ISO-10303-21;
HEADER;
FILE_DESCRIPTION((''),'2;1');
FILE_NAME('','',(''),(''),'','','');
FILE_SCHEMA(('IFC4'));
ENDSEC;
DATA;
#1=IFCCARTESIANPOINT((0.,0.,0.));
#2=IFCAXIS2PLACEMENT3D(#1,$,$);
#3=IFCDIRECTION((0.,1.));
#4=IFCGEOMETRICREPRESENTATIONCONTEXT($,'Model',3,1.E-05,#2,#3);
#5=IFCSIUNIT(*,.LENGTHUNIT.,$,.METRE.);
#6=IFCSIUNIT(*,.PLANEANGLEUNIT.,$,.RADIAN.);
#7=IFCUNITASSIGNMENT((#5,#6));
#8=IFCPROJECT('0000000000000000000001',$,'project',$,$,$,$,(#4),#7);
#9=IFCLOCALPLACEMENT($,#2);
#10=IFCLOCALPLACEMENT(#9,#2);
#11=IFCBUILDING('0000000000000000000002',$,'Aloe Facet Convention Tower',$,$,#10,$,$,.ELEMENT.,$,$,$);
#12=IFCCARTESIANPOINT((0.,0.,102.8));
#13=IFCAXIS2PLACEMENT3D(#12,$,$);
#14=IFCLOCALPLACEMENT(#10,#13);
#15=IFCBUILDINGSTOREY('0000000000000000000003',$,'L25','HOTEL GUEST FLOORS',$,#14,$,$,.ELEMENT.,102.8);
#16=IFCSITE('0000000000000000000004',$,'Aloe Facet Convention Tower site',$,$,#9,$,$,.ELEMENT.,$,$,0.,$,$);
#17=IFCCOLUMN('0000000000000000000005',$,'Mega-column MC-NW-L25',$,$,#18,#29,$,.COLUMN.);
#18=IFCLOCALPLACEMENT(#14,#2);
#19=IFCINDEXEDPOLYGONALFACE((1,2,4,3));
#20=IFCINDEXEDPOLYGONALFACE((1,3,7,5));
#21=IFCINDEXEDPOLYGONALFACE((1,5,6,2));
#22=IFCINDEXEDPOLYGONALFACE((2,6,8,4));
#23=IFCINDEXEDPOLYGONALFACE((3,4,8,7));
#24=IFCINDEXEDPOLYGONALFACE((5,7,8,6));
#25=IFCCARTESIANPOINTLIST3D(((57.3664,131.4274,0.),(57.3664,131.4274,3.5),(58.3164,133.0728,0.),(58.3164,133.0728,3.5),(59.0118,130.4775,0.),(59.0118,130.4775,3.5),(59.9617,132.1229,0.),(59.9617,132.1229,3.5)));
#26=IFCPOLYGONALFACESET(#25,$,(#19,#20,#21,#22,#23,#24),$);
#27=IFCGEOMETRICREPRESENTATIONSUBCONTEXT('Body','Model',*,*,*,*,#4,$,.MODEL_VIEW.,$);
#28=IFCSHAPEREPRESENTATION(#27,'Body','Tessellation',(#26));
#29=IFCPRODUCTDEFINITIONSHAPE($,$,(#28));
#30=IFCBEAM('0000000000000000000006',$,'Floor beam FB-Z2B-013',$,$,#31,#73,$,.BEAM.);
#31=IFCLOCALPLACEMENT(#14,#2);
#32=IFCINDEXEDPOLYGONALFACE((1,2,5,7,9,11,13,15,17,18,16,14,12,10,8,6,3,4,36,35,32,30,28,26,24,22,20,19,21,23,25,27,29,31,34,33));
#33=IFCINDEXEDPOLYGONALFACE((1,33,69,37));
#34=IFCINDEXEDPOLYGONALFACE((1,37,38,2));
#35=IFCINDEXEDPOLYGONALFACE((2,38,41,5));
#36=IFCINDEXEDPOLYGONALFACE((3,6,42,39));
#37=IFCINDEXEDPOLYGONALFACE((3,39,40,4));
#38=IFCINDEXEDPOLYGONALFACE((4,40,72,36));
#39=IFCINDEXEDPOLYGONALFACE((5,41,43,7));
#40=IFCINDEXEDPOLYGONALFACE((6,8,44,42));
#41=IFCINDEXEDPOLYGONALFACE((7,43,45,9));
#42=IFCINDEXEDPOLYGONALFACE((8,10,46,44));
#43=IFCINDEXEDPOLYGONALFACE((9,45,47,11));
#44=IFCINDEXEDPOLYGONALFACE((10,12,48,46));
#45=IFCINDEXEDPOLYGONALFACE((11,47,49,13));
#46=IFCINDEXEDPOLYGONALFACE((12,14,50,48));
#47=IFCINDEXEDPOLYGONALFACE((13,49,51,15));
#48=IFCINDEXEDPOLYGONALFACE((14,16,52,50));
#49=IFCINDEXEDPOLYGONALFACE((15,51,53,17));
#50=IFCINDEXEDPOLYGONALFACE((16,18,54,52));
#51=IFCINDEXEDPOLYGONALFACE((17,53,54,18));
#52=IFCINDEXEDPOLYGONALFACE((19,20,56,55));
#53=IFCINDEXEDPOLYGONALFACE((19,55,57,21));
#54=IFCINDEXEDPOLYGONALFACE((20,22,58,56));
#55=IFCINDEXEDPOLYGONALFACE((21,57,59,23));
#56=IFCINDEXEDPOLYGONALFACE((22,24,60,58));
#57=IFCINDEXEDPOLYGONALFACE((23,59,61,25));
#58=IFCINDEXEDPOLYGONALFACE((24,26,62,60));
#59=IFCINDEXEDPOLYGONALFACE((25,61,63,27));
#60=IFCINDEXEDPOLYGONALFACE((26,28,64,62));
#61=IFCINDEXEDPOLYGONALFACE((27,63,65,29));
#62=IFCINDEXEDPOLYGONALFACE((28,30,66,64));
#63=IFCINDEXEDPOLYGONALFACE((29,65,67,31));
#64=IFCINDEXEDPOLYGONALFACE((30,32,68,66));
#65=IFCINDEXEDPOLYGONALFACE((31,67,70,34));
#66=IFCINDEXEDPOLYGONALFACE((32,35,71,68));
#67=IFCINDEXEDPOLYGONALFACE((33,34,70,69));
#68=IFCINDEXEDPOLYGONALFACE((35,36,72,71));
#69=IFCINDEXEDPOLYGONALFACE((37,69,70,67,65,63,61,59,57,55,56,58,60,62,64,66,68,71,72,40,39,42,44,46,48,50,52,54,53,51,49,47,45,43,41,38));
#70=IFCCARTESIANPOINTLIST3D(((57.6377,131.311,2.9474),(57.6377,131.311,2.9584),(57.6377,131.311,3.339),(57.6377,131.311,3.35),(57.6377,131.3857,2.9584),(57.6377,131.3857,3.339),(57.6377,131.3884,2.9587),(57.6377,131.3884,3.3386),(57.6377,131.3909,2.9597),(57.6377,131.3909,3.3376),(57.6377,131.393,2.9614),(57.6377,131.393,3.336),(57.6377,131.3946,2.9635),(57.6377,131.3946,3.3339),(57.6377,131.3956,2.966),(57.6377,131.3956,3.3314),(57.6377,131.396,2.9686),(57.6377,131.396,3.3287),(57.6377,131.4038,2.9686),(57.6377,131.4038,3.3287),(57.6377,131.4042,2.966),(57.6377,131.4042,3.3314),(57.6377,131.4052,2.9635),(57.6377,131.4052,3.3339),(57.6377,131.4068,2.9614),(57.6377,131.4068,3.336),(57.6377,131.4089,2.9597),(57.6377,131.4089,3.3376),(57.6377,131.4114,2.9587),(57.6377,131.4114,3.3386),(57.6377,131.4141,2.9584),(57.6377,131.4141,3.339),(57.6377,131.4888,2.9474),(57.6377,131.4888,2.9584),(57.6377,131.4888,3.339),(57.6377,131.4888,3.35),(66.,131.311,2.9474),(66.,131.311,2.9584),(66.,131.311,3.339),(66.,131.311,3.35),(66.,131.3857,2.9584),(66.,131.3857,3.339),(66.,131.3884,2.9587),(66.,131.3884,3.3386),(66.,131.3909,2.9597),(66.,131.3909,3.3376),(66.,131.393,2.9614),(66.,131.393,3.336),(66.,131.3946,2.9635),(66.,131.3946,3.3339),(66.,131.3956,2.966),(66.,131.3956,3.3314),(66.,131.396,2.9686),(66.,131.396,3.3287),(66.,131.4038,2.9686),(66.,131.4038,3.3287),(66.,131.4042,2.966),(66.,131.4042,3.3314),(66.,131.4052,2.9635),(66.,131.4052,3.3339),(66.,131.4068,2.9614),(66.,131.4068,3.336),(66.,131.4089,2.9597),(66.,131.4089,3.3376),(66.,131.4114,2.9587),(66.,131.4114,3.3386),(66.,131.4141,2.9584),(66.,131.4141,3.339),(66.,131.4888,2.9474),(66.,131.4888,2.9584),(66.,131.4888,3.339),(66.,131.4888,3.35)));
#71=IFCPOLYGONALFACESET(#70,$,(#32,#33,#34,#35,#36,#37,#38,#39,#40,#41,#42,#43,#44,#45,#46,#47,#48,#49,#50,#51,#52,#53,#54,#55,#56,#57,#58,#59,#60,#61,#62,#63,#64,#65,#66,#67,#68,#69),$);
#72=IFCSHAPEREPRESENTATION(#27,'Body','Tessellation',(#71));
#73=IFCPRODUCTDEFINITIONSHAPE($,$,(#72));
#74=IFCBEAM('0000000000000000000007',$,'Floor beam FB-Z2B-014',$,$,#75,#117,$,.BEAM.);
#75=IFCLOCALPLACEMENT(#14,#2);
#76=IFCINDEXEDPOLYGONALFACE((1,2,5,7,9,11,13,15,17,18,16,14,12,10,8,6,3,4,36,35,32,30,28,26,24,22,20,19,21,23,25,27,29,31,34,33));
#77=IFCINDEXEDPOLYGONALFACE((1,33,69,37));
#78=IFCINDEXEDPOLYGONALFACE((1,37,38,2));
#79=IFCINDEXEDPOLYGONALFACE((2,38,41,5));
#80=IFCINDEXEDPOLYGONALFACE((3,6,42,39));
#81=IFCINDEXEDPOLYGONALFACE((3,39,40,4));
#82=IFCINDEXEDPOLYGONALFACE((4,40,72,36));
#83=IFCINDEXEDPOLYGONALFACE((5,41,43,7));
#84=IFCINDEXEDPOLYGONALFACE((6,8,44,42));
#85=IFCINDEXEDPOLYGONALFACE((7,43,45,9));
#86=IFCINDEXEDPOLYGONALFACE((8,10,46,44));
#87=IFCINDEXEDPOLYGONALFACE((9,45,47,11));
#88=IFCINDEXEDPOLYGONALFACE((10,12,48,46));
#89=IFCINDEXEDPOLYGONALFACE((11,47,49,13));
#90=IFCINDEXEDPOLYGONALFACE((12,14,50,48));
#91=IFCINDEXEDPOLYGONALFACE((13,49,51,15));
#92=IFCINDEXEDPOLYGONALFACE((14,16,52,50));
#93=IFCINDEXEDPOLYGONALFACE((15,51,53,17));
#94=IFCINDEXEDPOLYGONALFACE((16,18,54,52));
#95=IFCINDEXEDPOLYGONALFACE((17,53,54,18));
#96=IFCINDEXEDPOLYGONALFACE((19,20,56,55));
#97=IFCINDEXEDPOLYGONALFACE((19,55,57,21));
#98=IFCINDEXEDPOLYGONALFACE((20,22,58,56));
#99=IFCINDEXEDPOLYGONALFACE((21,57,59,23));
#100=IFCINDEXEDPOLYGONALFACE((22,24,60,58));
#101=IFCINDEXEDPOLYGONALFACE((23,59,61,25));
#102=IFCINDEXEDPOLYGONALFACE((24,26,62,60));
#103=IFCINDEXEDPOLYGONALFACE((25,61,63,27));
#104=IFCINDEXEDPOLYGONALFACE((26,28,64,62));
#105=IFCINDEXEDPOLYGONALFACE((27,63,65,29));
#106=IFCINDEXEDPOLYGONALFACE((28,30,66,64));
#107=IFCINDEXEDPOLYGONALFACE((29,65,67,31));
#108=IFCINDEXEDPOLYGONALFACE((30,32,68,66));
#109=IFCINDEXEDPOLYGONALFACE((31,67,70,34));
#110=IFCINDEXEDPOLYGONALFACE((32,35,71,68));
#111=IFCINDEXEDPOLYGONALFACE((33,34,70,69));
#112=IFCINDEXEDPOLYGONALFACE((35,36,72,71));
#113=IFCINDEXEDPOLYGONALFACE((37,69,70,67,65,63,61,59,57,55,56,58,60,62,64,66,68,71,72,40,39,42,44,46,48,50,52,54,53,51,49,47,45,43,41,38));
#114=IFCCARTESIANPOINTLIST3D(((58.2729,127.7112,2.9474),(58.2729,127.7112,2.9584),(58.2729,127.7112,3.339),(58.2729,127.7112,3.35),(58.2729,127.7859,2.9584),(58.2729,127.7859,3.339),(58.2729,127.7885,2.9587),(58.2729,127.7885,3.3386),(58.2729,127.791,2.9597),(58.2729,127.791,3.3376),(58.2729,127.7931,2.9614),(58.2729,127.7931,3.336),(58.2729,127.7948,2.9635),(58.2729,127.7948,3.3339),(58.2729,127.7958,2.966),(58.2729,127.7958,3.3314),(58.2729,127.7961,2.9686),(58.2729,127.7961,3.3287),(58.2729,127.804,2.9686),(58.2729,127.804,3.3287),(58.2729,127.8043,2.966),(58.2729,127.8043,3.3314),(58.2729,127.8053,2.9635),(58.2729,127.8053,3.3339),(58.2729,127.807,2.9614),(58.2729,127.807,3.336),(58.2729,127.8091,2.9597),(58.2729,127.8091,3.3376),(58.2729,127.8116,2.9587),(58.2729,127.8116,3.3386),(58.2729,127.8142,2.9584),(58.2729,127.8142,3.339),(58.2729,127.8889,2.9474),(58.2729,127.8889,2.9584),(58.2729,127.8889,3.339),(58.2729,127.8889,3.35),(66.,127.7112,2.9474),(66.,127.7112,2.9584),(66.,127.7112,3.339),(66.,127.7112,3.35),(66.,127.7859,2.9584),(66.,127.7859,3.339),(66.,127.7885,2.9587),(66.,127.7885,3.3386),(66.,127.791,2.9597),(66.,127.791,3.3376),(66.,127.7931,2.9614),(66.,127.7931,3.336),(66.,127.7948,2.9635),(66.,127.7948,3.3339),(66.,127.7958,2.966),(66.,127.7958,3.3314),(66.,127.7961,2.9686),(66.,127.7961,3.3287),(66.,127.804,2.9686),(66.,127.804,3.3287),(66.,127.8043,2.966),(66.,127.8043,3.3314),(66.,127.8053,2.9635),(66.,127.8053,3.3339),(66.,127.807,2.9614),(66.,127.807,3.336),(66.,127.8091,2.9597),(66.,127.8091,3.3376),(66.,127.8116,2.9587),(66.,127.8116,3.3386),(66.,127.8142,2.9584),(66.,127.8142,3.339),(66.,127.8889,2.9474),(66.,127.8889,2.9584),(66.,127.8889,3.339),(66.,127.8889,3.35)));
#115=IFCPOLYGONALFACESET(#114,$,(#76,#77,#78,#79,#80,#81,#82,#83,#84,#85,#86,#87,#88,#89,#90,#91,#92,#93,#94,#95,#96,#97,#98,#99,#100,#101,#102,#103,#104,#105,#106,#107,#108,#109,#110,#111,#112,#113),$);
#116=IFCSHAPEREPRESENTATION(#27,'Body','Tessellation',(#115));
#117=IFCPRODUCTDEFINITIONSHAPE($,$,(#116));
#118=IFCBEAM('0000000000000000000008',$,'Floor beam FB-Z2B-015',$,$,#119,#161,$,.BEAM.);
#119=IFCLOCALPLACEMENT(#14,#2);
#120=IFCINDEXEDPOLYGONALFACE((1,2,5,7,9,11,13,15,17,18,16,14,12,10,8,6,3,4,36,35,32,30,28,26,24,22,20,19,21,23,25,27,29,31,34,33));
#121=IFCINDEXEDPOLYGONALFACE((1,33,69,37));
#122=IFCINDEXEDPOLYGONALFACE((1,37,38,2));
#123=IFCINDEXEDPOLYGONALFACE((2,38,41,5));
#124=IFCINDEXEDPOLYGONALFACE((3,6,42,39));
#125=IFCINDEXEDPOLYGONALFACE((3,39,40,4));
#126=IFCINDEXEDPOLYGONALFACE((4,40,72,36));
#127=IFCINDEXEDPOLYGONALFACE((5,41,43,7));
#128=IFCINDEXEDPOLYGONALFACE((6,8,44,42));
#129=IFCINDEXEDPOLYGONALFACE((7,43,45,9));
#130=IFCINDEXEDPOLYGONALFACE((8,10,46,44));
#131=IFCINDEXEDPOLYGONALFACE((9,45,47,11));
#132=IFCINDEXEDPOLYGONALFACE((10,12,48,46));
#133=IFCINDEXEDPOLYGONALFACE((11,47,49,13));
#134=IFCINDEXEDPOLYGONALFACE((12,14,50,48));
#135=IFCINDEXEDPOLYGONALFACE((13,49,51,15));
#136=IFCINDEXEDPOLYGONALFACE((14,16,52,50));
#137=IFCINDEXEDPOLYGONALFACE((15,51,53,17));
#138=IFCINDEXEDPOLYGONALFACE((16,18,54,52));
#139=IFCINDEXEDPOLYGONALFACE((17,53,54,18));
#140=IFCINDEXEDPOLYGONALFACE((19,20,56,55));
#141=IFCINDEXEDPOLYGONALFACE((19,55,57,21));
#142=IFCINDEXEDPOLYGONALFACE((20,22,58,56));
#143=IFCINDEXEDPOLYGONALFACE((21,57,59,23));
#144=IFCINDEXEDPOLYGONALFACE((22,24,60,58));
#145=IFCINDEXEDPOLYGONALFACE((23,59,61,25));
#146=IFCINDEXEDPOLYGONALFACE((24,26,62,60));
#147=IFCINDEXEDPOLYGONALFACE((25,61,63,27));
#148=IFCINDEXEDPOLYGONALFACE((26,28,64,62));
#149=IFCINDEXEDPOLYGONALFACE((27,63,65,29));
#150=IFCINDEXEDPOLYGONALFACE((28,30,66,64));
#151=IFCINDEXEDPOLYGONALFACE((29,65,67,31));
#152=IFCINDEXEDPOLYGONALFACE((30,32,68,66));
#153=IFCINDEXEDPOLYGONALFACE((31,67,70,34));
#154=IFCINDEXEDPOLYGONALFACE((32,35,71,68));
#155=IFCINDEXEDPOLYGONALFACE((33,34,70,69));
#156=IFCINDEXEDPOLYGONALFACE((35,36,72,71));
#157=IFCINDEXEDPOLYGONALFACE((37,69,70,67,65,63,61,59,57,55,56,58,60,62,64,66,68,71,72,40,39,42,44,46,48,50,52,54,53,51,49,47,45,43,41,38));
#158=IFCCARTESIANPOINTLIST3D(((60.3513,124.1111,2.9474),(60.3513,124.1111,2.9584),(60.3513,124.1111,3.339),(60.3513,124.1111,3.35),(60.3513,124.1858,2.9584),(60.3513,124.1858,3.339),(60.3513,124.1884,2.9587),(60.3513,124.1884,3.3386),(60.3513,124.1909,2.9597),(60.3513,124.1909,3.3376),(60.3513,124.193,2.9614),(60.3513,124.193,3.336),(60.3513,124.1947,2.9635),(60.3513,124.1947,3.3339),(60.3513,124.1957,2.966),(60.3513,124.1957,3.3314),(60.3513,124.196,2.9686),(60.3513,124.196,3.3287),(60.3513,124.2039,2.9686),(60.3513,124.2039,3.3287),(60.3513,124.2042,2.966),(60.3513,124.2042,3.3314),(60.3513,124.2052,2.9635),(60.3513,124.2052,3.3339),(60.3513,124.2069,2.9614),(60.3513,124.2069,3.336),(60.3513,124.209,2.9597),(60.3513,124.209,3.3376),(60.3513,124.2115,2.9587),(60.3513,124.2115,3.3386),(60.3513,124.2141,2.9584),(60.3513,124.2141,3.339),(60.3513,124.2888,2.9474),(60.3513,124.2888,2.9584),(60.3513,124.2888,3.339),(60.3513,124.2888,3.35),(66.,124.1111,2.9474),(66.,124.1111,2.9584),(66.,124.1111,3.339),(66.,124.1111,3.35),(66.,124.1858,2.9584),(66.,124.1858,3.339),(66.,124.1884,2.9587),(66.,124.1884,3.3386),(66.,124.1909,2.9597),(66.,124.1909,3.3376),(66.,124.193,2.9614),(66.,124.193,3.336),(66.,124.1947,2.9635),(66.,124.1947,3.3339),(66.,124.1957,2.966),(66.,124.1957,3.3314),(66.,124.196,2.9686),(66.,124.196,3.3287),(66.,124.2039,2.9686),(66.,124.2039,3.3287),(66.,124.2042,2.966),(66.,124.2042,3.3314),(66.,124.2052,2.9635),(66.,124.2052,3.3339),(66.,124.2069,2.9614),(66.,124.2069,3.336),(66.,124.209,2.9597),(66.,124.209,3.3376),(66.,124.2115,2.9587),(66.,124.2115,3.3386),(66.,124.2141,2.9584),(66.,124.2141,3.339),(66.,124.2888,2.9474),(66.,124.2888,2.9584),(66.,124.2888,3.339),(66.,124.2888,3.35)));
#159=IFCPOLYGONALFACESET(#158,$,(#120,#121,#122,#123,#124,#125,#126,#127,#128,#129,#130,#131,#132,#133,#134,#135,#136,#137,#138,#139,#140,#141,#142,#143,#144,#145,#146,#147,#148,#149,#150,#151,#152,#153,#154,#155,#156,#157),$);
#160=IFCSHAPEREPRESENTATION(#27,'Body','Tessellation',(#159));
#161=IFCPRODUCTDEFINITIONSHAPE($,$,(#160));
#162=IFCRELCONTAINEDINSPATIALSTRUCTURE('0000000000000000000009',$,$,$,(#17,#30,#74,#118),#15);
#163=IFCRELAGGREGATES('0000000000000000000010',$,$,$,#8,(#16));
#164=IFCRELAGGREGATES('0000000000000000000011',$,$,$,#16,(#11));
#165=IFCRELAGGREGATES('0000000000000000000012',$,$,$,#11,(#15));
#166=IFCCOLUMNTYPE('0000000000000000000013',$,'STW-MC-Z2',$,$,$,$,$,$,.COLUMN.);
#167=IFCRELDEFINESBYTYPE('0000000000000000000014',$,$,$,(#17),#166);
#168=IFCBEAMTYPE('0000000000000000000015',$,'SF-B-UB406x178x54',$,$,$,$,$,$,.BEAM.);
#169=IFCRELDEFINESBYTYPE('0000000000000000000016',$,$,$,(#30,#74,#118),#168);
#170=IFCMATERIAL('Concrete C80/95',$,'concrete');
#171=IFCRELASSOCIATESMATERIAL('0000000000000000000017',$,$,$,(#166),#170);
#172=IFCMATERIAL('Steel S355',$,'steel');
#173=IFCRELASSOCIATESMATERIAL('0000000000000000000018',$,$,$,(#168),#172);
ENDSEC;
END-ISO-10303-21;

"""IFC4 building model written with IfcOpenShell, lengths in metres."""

from ifc_helpers import new_model, si_unit, direction, frame, origin, origin_2d, place, context, subcontext, project, spatial, rectangle, i_section, extrude, material, material_profile, profile_set, type_object, element, save


model = new_model("IFC4")

# Units and contexts
model_context = context("Model", 3, precision=1e-05, world=origin(), true_north=direction((0.0, 1.0)))
body_context = subcontext(model_context, "Body", "Model", "MODEL_VIEW")
ifc_project = project(units=[si_unit("LENGTHUNIT", "METRE"), si_unit("PLANEANGLEUNIT", "RADIAN")], contexts=[model_context])

# Site, building, storey
site_placement = place(None, origin())
site = spatial("IfcSite", under=ifc_project, at=site_placement, Name="Aloe Facet Convention Tower site", CompositionType="ELEMENT", RefElevation=0.0)
building_placement = place(site_placement, origin())
building = spatial("IfcBuilding", under=site, at=building_placement, Name="Aloe Facet Convention Tower", CompositionType="ELEMENT")
storey_placement = place(building_placement, frame((0.0, 0.0, 102.8)))
storey = spatial("IfcBuildingStorey", under=building, at=storey_placement, Name="L25", Description="HOTEL GUEST FLOORS", CompositionType="ELEMENT", Elevation=102.8)

# Column
ifc_material_1 = material(Name="Concrete C80/95", Category="concrete")
ifc_material_profile_1 = material_profile(ifc_material_1, rectangle(XDim=1.8999, YDim=1.8999, at=origin_2d()), Name="STW-MC-Z2")
ifc_profile_set_1 = profile_set([ifc_material_profile_1], Name="Concrete C80/95")
column_type = type_object("IfcColumnType", Name="STW-MC-Z2", PredefinedType="COLUMN", material=ifc_profile_set_1)
column_placement = place(storey_placement, frame((58.6641, 131.7751, 0.0), z_axis=(0.0, 0.0, 1.0), x_axis=(-0.5, -0.866025, 0.0)))
element("IfcColumn", 1, at=column_placement, inside=storey, type_object=column_type, Name="Mega-column MC-NW-L25", PredefinedType="COLUMN", context=body_context, shape_type="SweptSolid", body=[
    extrude(rectangle(XDim=1.8999, YDim=1.8999, at=origin_2d()), origin(), (0.0, 0.0, 1.0), 3.5),
])

# Beams
ifc_material_2 = material(Name="Steel S355", Category="steel")
ifc_material_profile_2 = material_profile(ifc_material_2, i_section(OverallWidth=0.1777, OverallDepth=0.4026, WebThickness=0.0078, FlangeThickness=0.011, FilletRadius=0.0103, at=origin_2d()), Name="UB 406x178x54")
ifc_profile_set_2 = profile_set([ifc_material_profile_2], Name="Steel S355")
beam_type_1 = type_object("IfcBeamType", Name="SF-B-UB406x178x54", PredefinedType="BEAM", material=ifc_profile_set_2)
beam_1_placement = place(storey_placement, frame((57.6377, 131.3999, 3.1487), z_axis=(1.0, 0.0, 0.0), x_axis=(0.0, 1.0, 0.0)))
element("IfcBeam", 2, at=beam_1_placement, inside=storey, type_object=beam_type_1, Name="Floor beam FB-Z2B-013", PredefinedType="BEAM", context=body_context, shape_type="SweptSolid", body=[
    extrude(i_section(OverallWidth=0.1777, OverallDepth=0.4026, WebThickness=0.0078, FlangeThickness=0.011, FilletRadius=0.0103, at=origin_2d()), origin(), (0.0, 0.0, 1.0), 8.3623),
])
beam_2_placement = place(storey_placement, frame((58.2729, 127.8, 3.1487), z_axis=(1.0, 0.0, 0.0), x_axis=(0.0, 1.0, 0.0)))
element("IfcBeam", 3, at=beam_2_placement, inside=storey, type_object=beam_type_1, Name="Floor beam FB-Z2B-014", PredefinedType="BEAM", context=body_context, shape_type="SweptSolid", body=[
    extrude(i_section(OverallWidth=0.1777, OverallDepth=0.4026, WebThickness=0.0078, FlangeThickness=0.011, FilletRadius=0.0103, at=origin_2d()), origin(), (0.0, 0.0, 1.0), 7.7271),
])
beam_3_placement = place(storey_placement, frame((60.3513, 124.2, 3.1487), z_axis=(1.0, 0.0, 0.0), x_axis=(0.0, 1.0, 0.0)))
element("IfcBeam", 4, at=beam_3_placement, inside=storey, type_object=beam_type_1, Name="Floor beam FB-Z2B-015", PredefinedType="BEAM", context=body_context, shape_type="SweptSolid", body=[
    extrude(i_section(OverallWidth=0.1777, OverallDepth=0.4026, WebThickness=0.0078, FlangeThickness=0.011, FilletRadius=0.0103, at=origin_2d()), origin(), (0.0, 0.0, 1.0), 5.6487),
])

save(model, "model.ifc")
